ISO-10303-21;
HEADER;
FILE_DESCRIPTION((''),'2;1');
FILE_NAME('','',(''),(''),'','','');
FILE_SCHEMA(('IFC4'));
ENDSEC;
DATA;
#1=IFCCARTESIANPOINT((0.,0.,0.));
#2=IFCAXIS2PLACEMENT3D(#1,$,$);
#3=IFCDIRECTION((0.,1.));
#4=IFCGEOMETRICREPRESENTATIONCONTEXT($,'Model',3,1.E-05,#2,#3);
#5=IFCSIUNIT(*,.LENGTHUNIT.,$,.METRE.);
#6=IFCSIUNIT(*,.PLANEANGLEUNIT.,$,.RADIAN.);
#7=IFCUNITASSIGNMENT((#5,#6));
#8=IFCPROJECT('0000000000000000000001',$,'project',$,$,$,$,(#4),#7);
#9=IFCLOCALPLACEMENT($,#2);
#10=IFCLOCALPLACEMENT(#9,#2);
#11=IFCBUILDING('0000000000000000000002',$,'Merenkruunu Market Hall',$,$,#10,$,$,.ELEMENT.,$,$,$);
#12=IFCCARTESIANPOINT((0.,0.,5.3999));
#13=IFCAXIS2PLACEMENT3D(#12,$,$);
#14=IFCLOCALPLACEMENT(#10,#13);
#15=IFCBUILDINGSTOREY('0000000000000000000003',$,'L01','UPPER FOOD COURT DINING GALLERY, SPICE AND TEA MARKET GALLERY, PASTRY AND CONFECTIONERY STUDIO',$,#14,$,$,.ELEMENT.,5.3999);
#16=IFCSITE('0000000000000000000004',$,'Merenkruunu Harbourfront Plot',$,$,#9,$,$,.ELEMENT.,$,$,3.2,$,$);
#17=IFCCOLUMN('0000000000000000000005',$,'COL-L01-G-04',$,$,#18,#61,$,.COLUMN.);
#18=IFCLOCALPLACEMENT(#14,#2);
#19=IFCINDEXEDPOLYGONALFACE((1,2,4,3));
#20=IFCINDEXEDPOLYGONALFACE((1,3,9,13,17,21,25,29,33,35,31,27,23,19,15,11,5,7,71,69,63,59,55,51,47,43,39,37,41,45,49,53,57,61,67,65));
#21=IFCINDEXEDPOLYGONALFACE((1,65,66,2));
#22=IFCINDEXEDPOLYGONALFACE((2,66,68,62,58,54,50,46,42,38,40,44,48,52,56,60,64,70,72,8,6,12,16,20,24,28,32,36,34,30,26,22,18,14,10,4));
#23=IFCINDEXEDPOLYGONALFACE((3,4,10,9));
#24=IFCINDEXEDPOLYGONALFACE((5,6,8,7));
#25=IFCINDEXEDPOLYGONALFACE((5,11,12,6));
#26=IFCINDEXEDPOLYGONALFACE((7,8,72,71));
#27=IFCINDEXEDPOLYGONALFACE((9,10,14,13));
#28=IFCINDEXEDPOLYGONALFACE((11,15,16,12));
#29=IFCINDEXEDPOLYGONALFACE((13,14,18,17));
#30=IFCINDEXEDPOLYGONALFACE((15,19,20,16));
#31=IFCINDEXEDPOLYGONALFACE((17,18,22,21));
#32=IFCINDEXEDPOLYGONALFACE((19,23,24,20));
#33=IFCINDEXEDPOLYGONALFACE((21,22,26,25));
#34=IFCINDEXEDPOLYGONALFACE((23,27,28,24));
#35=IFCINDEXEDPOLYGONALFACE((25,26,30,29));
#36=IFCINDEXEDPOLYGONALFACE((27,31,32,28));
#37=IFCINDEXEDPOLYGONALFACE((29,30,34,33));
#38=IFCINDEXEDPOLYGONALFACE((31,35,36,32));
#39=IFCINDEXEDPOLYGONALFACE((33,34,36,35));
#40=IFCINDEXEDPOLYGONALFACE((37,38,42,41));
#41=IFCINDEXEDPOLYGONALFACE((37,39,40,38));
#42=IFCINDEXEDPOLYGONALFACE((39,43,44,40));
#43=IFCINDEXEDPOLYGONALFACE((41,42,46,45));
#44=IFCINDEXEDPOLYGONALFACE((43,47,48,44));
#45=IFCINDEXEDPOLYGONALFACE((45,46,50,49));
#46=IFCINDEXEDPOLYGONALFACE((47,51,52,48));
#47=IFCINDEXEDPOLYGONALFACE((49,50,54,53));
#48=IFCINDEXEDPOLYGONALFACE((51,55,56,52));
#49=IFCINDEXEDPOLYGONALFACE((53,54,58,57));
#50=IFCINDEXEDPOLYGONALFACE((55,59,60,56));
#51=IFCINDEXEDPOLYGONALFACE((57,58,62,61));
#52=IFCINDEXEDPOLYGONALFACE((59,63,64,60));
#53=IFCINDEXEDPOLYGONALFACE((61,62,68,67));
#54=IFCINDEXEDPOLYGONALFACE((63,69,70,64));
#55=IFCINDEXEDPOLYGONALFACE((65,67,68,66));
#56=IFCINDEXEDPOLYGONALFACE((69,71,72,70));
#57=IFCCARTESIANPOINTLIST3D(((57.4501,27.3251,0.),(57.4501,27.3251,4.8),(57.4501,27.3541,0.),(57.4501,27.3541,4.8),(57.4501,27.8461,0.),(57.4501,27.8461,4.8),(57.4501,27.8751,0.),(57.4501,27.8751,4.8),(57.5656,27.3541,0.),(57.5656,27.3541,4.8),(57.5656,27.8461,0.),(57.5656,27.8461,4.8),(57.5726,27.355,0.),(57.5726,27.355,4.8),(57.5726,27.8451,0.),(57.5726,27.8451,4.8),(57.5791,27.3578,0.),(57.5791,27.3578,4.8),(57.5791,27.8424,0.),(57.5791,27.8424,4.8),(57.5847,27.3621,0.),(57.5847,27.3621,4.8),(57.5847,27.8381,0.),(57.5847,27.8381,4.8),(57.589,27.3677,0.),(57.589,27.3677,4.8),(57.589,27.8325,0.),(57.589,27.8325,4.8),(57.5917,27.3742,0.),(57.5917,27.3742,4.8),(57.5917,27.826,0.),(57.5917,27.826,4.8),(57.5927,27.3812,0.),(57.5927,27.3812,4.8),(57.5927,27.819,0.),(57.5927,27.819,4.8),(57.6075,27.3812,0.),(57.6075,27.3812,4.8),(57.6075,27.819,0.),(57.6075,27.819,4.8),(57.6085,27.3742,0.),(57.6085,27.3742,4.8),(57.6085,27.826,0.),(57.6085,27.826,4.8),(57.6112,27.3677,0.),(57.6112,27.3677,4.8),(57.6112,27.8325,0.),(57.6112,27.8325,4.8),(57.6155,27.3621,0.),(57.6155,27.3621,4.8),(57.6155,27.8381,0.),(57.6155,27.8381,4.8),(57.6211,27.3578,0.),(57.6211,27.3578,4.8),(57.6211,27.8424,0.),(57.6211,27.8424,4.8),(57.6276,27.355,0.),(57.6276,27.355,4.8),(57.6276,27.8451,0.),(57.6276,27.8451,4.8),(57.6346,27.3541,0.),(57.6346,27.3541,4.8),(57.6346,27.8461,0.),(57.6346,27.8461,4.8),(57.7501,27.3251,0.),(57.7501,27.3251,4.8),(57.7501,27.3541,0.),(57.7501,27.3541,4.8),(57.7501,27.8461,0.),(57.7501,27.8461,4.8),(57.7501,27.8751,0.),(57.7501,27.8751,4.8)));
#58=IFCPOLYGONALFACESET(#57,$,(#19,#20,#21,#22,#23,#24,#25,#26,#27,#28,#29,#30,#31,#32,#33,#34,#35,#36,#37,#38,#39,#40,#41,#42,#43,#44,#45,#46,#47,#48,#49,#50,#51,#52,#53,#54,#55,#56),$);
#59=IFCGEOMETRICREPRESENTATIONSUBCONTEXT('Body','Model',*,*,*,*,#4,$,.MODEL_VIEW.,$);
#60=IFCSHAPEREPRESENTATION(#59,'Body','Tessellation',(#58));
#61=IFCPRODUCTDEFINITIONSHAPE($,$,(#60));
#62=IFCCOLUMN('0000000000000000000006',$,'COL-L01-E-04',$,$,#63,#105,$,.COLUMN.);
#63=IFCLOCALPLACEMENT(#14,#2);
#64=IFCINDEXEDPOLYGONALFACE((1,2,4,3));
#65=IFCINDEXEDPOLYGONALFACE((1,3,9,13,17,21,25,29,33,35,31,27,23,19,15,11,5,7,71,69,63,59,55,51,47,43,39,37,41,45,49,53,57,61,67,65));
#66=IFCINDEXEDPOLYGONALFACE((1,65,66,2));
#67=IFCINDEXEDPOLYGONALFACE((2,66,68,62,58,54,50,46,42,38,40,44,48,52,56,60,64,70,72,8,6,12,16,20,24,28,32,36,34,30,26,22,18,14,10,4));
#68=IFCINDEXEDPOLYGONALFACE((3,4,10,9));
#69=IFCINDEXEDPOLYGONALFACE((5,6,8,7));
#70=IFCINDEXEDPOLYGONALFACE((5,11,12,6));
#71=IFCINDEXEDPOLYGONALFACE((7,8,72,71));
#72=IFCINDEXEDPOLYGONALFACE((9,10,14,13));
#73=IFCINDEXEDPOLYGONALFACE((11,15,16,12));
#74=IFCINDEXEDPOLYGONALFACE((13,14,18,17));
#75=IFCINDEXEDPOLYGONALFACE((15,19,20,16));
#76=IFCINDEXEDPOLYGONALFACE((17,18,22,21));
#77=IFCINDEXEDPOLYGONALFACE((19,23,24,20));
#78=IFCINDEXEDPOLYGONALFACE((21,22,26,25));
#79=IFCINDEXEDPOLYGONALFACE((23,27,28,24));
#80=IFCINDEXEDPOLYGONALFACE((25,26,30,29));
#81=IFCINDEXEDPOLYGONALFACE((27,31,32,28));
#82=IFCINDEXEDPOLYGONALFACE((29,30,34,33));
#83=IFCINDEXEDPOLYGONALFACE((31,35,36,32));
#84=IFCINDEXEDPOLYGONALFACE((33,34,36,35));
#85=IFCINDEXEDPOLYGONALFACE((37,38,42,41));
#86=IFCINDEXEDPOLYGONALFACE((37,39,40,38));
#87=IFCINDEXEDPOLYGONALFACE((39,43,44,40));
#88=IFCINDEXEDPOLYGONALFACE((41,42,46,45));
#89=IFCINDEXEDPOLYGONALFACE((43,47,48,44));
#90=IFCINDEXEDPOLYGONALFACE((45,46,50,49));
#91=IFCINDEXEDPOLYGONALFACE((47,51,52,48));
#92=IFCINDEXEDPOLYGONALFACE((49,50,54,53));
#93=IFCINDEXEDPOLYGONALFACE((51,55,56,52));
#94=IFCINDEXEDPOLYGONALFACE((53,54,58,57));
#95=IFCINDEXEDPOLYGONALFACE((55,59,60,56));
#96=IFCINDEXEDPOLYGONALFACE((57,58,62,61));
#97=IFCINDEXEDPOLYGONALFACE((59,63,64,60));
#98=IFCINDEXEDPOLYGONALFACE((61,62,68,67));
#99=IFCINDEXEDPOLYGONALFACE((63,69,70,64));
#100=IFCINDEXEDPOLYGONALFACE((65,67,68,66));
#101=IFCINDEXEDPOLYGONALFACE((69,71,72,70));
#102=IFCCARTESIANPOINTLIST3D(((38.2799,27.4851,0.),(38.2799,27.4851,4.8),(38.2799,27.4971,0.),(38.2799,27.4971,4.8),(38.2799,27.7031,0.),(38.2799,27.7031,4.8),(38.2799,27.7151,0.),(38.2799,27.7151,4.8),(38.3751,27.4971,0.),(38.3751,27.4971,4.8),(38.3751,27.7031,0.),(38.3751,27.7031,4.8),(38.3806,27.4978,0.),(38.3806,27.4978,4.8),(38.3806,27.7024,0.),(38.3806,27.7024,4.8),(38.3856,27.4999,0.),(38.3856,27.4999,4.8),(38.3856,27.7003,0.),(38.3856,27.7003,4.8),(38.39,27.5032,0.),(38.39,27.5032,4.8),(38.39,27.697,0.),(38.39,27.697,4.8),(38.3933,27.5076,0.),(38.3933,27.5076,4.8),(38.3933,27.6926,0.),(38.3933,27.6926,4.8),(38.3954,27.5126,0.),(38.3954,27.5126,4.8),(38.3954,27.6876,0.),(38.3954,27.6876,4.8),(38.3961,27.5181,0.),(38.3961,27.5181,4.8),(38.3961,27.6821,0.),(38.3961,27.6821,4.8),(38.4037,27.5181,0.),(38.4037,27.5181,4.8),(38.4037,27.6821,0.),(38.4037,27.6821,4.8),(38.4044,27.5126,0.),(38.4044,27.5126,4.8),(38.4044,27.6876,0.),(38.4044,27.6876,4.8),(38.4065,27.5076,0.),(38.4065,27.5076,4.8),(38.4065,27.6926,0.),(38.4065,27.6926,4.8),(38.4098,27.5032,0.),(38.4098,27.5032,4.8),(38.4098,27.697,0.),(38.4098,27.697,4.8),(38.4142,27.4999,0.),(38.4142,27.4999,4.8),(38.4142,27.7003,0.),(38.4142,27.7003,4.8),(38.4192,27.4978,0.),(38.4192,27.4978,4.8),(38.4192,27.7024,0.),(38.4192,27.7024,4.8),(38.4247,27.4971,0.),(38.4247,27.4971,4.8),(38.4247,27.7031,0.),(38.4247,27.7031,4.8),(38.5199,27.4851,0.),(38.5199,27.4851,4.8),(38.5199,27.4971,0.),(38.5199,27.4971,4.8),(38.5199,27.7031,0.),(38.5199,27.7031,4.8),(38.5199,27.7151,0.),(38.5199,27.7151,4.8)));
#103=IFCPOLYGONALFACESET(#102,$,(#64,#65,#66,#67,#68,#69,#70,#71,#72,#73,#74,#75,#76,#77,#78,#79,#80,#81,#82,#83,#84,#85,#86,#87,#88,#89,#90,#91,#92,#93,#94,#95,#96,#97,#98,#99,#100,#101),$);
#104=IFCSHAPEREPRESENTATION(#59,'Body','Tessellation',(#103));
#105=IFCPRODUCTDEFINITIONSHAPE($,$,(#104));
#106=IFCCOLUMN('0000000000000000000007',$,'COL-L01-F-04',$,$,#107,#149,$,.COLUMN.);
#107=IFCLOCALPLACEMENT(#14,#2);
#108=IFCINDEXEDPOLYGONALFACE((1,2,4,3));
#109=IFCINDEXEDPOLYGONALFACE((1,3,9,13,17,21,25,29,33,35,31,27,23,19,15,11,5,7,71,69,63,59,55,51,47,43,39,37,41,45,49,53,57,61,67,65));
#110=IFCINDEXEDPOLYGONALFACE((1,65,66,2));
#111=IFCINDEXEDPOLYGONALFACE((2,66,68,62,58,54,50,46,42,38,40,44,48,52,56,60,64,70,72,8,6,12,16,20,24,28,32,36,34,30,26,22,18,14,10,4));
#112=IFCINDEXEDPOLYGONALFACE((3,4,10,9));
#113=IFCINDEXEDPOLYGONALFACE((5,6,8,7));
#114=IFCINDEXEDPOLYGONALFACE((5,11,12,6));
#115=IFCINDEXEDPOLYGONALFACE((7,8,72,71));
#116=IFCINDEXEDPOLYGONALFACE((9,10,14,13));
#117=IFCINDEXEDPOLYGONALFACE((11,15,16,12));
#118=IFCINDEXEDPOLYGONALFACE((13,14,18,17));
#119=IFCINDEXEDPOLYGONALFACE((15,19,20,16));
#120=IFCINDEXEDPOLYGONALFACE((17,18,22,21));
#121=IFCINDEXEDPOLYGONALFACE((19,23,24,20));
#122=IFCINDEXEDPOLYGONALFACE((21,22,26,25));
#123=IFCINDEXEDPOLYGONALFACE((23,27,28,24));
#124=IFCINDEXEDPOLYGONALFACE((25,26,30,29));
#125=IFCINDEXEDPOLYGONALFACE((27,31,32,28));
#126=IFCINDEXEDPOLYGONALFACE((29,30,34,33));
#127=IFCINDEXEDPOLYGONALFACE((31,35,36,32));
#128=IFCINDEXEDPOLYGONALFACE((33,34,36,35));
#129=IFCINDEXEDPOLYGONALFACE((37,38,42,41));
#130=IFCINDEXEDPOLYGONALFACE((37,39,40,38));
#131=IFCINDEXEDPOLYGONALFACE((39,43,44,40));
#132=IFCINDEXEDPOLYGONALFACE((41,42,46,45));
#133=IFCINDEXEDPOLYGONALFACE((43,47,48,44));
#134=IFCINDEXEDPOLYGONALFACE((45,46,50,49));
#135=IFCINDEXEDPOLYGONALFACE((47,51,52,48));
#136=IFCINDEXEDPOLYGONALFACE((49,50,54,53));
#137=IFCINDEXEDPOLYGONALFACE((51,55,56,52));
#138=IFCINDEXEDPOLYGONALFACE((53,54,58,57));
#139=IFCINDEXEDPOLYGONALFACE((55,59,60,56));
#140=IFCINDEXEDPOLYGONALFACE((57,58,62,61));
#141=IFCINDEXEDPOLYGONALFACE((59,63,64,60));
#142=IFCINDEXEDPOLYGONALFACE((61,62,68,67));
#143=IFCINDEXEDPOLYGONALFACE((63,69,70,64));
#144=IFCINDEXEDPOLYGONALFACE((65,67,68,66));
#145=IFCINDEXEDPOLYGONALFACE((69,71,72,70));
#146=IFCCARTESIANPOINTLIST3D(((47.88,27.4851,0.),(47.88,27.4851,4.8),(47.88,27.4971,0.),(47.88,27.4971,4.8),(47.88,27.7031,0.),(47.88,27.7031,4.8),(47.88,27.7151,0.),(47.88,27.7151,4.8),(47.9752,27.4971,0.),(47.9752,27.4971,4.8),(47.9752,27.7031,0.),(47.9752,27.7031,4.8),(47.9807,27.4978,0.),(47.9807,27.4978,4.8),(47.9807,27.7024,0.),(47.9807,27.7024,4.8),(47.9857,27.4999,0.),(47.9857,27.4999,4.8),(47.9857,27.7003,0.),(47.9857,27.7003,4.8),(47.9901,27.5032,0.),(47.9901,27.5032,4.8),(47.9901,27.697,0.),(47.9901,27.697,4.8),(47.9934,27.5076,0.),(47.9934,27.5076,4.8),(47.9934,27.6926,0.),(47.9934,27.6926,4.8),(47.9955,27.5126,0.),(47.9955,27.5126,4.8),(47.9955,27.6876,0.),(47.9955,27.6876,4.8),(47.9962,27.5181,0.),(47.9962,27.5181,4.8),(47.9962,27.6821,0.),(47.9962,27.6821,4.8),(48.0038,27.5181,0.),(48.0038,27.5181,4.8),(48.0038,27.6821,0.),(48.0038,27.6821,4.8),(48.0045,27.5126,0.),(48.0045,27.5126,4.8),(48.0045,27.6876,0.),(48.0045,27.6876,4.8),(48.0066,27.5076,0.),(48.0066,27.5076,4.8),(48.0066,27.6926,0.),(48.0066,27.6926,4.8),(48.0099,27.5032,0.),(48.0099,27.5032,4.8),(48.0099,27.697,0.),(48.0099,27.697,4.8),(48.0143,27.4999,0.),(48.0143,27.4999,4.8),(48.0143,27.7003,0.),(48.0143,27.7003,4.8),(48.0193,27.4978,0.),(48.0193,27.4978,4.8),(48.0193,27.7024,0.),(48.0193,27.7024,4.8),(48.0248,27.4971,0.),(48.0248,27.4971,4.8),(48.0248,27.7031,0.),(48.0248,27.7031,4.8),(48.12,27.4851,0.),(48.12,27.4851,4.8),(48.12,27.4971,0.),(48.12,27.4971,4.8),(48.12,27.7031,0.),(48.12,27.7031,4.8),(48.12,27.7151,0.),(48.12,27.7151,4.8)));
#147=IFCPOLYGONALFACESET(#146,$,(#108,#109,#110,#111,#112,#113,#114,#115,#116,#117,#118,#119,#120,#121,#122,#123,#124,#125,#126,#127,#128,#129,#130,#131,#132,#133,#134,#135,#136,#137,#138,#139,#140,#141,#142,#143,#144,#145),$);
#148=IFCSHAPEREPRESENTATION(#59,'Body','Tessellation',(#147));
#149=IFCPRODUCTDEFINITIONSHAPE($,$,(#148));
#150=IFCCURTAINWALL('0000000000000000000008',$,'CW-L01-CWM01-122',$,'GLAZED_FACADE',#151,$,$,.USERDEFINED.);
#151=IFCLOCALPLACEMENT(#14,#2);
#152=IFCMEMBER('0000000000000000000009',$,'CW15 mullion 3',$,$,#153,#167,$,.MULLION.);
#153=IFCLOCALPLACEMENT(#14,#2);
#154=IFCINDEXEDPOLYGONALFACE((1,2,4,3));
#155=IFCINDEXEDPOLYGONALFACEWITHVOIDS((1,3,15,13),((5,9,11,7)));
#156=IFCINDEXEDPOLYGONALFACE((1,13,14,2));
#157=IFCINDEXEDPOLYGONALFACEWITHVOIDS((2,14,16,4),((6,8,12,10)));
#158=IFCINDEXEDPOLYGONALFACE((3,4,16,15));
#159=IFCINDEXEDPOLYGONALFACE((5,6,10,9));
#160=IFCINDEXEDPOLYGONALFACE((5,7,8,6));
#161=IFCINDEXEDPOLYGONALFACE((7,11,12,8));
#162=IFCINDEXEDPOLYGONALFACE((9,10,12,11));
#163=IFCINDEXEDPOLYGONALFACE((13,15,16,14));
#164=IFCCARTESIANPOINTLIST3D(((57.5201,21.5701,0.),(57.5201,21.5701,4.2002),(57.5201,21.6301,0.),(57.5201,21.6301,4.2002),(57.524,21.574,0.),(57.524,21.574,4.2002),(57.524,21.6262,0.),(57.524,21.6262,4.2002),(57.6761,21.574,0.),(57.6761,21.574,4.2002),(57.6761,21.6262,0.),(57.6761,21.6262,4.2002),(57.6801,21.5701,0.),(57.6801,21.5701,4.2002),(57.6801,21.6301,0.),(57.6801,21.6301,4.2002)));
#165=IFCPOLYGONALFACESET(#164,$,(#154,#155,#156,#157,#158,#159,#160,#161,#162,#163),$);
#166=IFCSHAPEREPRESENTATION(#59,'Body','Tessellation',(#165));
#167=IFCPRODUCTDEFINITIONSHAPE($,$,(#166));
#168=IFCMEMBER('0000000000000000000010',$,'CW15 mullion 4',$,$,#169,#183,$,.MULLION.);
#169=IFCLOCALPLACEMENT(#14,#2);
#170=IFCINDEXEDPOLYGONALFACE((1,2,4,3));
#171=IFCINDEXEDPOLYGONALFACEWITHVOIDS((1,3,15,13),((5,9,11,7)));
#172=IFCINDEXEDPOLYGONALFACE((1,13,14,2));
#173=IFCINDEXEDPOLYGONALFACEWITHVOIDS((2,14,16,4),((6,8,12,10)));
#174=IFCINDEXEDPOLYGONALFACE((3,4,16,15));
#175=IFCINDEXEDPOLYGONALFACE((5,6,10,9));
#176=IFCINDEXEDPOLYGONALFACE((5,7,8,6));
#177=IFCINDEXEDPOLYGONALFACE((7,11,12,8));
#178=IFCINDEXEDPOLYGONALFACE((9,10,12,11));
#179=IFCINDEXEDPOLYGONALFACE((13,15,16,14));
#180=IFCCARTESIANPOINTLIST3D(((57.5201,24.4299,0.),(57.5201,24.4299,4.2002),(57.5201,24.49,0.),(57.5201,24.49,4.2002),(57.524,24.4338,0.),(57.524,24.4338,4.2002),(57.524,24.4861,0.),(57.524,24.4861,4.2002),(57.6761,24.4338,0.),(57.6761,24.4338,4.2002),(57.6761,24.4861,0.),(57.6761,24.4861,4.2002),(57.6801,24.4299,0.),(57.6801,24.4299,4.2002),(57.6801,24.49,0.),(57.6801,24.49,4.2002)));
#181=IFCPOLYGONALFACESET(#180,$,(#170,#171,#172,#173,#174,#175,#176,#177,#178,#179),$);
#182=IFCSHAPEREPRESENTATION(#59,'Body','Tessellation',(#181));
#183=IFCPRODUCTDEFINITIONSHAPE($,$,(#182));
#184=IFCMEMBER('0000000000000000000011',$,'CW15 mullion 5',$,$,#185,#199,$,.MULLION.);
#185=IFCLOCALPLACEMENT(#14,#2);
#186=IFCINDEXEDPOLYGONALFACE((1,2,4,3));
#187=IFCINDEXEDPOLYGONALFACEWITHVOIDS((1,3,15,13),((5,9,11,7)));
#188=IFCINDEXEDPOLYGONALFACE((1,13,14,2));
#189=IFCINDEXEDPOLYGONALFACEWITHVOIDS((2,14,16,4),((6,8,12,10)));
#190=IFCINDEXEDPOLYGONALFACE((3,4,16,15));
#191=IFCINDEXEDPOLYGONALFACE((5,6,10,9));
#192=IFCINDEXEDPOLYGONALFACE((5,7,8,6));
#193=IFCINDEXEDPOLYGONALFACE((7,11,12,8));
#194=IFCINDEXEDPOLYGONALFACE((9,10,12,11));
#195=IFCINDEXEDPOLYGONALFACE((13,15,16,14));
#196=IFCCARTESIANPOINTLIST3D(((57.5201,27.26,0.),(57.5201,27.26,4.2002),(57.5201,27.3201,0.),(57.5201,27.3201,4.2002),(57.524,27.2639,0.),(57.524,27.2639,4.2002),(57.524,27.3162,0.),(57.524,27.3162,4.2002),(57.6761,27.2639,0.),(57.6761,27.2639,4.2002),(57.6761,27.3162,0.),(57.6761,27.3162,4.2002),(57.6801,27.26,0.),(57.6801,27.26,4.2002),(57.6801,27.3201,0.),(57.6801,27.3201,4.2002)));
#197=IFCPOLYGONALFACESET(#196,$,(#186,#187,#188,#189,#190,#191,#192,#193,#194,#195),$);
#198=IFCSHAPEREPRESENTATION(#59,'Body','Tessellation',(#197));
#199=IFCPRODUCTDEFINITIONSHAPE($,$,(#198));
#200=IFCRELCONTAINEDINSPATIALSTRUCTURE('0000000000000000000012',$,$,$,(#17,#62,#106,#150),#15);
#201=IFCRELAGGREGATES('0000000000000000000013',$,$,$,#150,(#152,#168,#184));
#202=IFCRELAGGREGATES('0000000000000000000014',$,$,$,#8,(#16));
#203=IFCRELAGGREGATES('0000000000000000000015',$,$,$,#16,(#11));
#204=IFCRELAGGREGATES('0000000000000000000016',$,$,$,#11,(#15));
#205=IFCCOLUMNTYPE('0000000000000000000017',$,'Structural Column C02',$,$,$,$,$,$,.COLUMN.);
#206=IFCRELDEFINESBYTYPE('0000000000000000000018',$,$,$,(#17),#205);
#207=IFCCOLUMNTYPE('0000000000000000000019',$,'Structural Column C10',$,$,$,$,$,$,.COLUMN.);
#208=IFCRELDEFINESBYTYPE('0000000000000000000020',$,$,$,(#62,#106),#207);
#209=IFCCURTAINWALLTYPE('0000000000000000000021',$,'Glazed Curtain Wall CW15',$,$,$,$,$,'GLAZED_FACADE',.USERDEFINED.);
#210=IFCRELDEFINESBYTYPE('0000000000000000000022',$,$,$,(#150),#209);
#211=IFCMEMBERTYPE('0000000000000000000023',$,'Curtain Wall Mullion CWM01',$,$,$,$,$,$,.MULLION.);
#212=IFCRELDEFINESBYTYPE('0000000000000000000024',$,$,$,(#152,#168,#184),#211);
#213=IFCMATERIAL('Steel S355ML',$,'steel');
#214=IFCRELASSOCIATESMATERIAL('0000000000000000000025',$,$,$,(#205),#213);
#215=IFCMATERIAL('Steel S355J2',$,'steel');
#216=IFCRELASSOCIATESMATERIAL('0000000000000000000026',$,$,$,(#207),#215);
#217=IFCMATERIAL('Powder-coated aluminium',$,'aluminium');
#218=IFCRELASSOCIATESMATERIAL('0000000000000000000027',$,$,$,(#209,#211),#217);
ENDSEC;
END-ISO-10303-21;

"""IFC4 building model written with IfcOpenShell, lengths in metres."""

from ifc_helpers import new_model, si_unit, direction, frame, origin, origin_2d, place, context, subcontext, project, spatial, hollow_rectangle, i_section, extrude, material, material_profile, profile_set, type_object, element, aggregate, save


model = new_model("IFC4")

# Units and contexts
model_context = context("Model", 3, precision=1e-05, world=origin(), true_north=direction((0.0, 1.0)))
body_context = subcontext(model_context, "Body", "Model", "MODEL_VIEW")
ifc_project = project(units=[si_unit("LENGTHUNIT", "METRE"), si_unit("PLANEANGLEUNIT", "RADIAN")], contexts=[model_context])

# Site, building, storey
site_placement = place(None, origin())
site = spatial("IfcSite", under=ifc_project, at=site_placement, Name="Merenkruunu Harbourfront Plot", CompositionType="ELEMENT", RefElevation=3.2)
building_placement = place(site_placement, origin())
building = spatial("IfcBuilding", under=site, at=building_placement, Name="Merenkruunu Market Hall", CompositionType="ELEMENT")
storey_placement = place(building_placement, frame((0.0, 0.0, 5.3999)))
storey = spatial("IfcBuildingStorey", under=building, at=storey_placement, Name="L01", Description="UPPER FOOD COURT DINING GALLERY, SPICE AND TEA MARKET GALLERY, PASTRY AND CONFECTIONERY STUDIO", CompositionType="ELEMENT", Elevation=5.3999)

# Columns
ifc_material_1 = material(Name="Steel S355ML", Category="steel")
ifc_material_profile_1 = material_profile(ifc_material_1, i_section(OverallWidth=0.3, OverallDepth=0.55, WebThickness=0.0149, FlangeThickness=0.0291, FilletRadius=0.0271, at=origin_2d()), Name="HEB 550")
ifc_profile_set_1 = profile_set([ifc_material_profile_1], Name="Steel S355ML")
column_type_1 = type_object("IfcColumnType", Name="Structural Column C02", PredefinedType="COLUMN", material=ifc_profile_set_1)
column_placement = place(storey_placement, frame((57.6001, 27.6001, 0.0), z_axis=(0.0, 0.0, 1.0), x_axis=(1.0, 0.0, 0.0)))
element("IfcColumn", 1, at=column_placement, inside=storey, type_object=column_type_1, Name="COL-L01-G-04", PredefinedType="COLUMN", context=body_context, shape_type="SweptSolid", body=[
    extrude(i_section(OverallWidth=0.3, OverallDepth=0.55, WebThickness=0.0149, FlangeThickness=0.0291, FilletRadius=0.0271, at=origin_2d()), origin(), (0.0, 0.0, 1.0), 4.8),
])
ifc_material_2 = material(Name="Steel S355J2", Category="steel")
ifc_material_profile_2 = material_profile(ifc_material_2, i_section(OverallWidth=0.24, OverallDepth=0.23, WebThickness=0.0076, FlangeThickness=0.012, FilletRadius=0.021, at=origin_2d()), Name="HEA 240")
ifc_profile_set_2 = profile_set([ifc_material_profile_2], Name="Steel S355J2")
column_type_2 = type_object("IfcColumnType", Name="Structural Column C10", PredefinedType="COLUMN", material=ifc_profile_set_2)
for number, where, z_axis, x_axis, name in (
    (2, (38.3999, 27.6001, 0.0), (0.0, 0.0, 1.0), (1.0, 0.0, 0.0), "COL-L01-E-04"),
    (3, (48.0, 27.6001, 0.0), (0.0, 0.0, 1.0), (1.0, 0.0, 0.0), "COL-L01-F-04"),
):
    element("IfcColumn", number, at=place(storey_placement, frame(where, z_axis=z_axis, x_axis=x_axis)), inside=storey, type_object=column_type_2, Name=name, PredefinedType="COLUMN", context=body_context, shape_type="SweptSolid", body=[
        extrude(i_section(OverallWidth=0.24, OverallDepth=0.23, WebThickness=0.0076, FlangeThickness=0.012, FilletRadius=0.021, at=origin_2d()), origin(), (0.0, 0.0, 1.0), 4.8),
    ])

# Curtain wall, members
ifc_material_3 = material(Name="Powder-coated aluminium", Category="aluminium")
curtain_wall_type = type_object("IfcCurtainWallType", Name="Glazed Curtain Wall CW15", ElementType="GLAZED_FACADE", PredefinedType="USERDEFINED", material=ifc_material_3)
curtain_wall_1_placement = place(storey_placement, origin())
curtain_wall_1 = element("IfcCurtainWall", 4, at=curtain_wall_1_placement, inside=storey, type_object=curtain_wall_type, Name="CW-L01-CWM01-122", ObjectType="GLAZED_FACADE", PredefinedType="USERDEFINED")
ifc_material_profile_3 = material_profile(ifc_material_3, hollow_rectangle(XDim=0.0601, YDim=0.1599, WallThickness=0.0039, at=origin_2d()), Name="ALU 60x160x4")
ifc_profile_set_3 = profile_set([ifc_material_profile_3], Name="Powder-coated aluminium")
member_type_1 = type_object("IfcMemberType", Name="Curtain Wall Mullion CWM01", PredefinedType="MULLION", material=ifc_profile_set_3)
member_1_placement = place(storey_placement, frame((57.6001, 21.6001, 0.0), z_axis=(0.0, 0.0, 1.0), x_axis=(0.0, 1.0, 0.0)))
member_1 = element("IfcMember", 5, at=member_1_placement, type_object=member_type_1, Name="CW15 mullion 3", PredefinedType="MULLION", context=body_context, shape_type="SweptSolid", body=[
    extrude(hollow_rectangle(XDim=0.0601, YDim=0.1599, WallThickness=0.0039, at=origin_2d()), origin(), (0.0, 0.0, 1.0), 4.2002),
])
member_2_placement = place(storey_placement, frame((57.6001, 24.46, 0.0), z_axis=(0.0, 0.0, 1.0), x_axis=(0.0, 1.0, 0.0)))
member_2 = element("IfcMember", 6, at=member_2_placement, type_object=member_type_1, Name="CW15 mullion 4", PredefinedType="MULLION", context=body_context, shape_type="SweptSolid", body=[
    extrude(hollow_rectangle(XDim=0.0601, YDim=0.1599, WallThickness=0.0039, at=origin_2d()), origin(), (0.0, 0.0, 1.0), 4.2002),
])
member_3_placement = place(storey_placement, frame((57.6001, 27.29, 0.0), z_axis=(0.0, 0.0, 1.0), x_axis=(0.0, 1.0, 0.0)))
member_3 = element("IfcMember", 7, at=member_3_placement, type_object=member_type_1, Name="CW15 mullion 5", PredefinedType="MULLION", context=body_context, shape_type="SweptSolid", body=[
    extrude(hollow_rectangle(XDim=0.0601, YDim=0.1599, WallThickness=0.0039, at=origin_2d()), origin(), (0.0, 0.0, 1.0), 4.2002),
])

aggregate(curtain_wall_1, [member_1, member_2, member_3])

save(model, "model.ifc")
